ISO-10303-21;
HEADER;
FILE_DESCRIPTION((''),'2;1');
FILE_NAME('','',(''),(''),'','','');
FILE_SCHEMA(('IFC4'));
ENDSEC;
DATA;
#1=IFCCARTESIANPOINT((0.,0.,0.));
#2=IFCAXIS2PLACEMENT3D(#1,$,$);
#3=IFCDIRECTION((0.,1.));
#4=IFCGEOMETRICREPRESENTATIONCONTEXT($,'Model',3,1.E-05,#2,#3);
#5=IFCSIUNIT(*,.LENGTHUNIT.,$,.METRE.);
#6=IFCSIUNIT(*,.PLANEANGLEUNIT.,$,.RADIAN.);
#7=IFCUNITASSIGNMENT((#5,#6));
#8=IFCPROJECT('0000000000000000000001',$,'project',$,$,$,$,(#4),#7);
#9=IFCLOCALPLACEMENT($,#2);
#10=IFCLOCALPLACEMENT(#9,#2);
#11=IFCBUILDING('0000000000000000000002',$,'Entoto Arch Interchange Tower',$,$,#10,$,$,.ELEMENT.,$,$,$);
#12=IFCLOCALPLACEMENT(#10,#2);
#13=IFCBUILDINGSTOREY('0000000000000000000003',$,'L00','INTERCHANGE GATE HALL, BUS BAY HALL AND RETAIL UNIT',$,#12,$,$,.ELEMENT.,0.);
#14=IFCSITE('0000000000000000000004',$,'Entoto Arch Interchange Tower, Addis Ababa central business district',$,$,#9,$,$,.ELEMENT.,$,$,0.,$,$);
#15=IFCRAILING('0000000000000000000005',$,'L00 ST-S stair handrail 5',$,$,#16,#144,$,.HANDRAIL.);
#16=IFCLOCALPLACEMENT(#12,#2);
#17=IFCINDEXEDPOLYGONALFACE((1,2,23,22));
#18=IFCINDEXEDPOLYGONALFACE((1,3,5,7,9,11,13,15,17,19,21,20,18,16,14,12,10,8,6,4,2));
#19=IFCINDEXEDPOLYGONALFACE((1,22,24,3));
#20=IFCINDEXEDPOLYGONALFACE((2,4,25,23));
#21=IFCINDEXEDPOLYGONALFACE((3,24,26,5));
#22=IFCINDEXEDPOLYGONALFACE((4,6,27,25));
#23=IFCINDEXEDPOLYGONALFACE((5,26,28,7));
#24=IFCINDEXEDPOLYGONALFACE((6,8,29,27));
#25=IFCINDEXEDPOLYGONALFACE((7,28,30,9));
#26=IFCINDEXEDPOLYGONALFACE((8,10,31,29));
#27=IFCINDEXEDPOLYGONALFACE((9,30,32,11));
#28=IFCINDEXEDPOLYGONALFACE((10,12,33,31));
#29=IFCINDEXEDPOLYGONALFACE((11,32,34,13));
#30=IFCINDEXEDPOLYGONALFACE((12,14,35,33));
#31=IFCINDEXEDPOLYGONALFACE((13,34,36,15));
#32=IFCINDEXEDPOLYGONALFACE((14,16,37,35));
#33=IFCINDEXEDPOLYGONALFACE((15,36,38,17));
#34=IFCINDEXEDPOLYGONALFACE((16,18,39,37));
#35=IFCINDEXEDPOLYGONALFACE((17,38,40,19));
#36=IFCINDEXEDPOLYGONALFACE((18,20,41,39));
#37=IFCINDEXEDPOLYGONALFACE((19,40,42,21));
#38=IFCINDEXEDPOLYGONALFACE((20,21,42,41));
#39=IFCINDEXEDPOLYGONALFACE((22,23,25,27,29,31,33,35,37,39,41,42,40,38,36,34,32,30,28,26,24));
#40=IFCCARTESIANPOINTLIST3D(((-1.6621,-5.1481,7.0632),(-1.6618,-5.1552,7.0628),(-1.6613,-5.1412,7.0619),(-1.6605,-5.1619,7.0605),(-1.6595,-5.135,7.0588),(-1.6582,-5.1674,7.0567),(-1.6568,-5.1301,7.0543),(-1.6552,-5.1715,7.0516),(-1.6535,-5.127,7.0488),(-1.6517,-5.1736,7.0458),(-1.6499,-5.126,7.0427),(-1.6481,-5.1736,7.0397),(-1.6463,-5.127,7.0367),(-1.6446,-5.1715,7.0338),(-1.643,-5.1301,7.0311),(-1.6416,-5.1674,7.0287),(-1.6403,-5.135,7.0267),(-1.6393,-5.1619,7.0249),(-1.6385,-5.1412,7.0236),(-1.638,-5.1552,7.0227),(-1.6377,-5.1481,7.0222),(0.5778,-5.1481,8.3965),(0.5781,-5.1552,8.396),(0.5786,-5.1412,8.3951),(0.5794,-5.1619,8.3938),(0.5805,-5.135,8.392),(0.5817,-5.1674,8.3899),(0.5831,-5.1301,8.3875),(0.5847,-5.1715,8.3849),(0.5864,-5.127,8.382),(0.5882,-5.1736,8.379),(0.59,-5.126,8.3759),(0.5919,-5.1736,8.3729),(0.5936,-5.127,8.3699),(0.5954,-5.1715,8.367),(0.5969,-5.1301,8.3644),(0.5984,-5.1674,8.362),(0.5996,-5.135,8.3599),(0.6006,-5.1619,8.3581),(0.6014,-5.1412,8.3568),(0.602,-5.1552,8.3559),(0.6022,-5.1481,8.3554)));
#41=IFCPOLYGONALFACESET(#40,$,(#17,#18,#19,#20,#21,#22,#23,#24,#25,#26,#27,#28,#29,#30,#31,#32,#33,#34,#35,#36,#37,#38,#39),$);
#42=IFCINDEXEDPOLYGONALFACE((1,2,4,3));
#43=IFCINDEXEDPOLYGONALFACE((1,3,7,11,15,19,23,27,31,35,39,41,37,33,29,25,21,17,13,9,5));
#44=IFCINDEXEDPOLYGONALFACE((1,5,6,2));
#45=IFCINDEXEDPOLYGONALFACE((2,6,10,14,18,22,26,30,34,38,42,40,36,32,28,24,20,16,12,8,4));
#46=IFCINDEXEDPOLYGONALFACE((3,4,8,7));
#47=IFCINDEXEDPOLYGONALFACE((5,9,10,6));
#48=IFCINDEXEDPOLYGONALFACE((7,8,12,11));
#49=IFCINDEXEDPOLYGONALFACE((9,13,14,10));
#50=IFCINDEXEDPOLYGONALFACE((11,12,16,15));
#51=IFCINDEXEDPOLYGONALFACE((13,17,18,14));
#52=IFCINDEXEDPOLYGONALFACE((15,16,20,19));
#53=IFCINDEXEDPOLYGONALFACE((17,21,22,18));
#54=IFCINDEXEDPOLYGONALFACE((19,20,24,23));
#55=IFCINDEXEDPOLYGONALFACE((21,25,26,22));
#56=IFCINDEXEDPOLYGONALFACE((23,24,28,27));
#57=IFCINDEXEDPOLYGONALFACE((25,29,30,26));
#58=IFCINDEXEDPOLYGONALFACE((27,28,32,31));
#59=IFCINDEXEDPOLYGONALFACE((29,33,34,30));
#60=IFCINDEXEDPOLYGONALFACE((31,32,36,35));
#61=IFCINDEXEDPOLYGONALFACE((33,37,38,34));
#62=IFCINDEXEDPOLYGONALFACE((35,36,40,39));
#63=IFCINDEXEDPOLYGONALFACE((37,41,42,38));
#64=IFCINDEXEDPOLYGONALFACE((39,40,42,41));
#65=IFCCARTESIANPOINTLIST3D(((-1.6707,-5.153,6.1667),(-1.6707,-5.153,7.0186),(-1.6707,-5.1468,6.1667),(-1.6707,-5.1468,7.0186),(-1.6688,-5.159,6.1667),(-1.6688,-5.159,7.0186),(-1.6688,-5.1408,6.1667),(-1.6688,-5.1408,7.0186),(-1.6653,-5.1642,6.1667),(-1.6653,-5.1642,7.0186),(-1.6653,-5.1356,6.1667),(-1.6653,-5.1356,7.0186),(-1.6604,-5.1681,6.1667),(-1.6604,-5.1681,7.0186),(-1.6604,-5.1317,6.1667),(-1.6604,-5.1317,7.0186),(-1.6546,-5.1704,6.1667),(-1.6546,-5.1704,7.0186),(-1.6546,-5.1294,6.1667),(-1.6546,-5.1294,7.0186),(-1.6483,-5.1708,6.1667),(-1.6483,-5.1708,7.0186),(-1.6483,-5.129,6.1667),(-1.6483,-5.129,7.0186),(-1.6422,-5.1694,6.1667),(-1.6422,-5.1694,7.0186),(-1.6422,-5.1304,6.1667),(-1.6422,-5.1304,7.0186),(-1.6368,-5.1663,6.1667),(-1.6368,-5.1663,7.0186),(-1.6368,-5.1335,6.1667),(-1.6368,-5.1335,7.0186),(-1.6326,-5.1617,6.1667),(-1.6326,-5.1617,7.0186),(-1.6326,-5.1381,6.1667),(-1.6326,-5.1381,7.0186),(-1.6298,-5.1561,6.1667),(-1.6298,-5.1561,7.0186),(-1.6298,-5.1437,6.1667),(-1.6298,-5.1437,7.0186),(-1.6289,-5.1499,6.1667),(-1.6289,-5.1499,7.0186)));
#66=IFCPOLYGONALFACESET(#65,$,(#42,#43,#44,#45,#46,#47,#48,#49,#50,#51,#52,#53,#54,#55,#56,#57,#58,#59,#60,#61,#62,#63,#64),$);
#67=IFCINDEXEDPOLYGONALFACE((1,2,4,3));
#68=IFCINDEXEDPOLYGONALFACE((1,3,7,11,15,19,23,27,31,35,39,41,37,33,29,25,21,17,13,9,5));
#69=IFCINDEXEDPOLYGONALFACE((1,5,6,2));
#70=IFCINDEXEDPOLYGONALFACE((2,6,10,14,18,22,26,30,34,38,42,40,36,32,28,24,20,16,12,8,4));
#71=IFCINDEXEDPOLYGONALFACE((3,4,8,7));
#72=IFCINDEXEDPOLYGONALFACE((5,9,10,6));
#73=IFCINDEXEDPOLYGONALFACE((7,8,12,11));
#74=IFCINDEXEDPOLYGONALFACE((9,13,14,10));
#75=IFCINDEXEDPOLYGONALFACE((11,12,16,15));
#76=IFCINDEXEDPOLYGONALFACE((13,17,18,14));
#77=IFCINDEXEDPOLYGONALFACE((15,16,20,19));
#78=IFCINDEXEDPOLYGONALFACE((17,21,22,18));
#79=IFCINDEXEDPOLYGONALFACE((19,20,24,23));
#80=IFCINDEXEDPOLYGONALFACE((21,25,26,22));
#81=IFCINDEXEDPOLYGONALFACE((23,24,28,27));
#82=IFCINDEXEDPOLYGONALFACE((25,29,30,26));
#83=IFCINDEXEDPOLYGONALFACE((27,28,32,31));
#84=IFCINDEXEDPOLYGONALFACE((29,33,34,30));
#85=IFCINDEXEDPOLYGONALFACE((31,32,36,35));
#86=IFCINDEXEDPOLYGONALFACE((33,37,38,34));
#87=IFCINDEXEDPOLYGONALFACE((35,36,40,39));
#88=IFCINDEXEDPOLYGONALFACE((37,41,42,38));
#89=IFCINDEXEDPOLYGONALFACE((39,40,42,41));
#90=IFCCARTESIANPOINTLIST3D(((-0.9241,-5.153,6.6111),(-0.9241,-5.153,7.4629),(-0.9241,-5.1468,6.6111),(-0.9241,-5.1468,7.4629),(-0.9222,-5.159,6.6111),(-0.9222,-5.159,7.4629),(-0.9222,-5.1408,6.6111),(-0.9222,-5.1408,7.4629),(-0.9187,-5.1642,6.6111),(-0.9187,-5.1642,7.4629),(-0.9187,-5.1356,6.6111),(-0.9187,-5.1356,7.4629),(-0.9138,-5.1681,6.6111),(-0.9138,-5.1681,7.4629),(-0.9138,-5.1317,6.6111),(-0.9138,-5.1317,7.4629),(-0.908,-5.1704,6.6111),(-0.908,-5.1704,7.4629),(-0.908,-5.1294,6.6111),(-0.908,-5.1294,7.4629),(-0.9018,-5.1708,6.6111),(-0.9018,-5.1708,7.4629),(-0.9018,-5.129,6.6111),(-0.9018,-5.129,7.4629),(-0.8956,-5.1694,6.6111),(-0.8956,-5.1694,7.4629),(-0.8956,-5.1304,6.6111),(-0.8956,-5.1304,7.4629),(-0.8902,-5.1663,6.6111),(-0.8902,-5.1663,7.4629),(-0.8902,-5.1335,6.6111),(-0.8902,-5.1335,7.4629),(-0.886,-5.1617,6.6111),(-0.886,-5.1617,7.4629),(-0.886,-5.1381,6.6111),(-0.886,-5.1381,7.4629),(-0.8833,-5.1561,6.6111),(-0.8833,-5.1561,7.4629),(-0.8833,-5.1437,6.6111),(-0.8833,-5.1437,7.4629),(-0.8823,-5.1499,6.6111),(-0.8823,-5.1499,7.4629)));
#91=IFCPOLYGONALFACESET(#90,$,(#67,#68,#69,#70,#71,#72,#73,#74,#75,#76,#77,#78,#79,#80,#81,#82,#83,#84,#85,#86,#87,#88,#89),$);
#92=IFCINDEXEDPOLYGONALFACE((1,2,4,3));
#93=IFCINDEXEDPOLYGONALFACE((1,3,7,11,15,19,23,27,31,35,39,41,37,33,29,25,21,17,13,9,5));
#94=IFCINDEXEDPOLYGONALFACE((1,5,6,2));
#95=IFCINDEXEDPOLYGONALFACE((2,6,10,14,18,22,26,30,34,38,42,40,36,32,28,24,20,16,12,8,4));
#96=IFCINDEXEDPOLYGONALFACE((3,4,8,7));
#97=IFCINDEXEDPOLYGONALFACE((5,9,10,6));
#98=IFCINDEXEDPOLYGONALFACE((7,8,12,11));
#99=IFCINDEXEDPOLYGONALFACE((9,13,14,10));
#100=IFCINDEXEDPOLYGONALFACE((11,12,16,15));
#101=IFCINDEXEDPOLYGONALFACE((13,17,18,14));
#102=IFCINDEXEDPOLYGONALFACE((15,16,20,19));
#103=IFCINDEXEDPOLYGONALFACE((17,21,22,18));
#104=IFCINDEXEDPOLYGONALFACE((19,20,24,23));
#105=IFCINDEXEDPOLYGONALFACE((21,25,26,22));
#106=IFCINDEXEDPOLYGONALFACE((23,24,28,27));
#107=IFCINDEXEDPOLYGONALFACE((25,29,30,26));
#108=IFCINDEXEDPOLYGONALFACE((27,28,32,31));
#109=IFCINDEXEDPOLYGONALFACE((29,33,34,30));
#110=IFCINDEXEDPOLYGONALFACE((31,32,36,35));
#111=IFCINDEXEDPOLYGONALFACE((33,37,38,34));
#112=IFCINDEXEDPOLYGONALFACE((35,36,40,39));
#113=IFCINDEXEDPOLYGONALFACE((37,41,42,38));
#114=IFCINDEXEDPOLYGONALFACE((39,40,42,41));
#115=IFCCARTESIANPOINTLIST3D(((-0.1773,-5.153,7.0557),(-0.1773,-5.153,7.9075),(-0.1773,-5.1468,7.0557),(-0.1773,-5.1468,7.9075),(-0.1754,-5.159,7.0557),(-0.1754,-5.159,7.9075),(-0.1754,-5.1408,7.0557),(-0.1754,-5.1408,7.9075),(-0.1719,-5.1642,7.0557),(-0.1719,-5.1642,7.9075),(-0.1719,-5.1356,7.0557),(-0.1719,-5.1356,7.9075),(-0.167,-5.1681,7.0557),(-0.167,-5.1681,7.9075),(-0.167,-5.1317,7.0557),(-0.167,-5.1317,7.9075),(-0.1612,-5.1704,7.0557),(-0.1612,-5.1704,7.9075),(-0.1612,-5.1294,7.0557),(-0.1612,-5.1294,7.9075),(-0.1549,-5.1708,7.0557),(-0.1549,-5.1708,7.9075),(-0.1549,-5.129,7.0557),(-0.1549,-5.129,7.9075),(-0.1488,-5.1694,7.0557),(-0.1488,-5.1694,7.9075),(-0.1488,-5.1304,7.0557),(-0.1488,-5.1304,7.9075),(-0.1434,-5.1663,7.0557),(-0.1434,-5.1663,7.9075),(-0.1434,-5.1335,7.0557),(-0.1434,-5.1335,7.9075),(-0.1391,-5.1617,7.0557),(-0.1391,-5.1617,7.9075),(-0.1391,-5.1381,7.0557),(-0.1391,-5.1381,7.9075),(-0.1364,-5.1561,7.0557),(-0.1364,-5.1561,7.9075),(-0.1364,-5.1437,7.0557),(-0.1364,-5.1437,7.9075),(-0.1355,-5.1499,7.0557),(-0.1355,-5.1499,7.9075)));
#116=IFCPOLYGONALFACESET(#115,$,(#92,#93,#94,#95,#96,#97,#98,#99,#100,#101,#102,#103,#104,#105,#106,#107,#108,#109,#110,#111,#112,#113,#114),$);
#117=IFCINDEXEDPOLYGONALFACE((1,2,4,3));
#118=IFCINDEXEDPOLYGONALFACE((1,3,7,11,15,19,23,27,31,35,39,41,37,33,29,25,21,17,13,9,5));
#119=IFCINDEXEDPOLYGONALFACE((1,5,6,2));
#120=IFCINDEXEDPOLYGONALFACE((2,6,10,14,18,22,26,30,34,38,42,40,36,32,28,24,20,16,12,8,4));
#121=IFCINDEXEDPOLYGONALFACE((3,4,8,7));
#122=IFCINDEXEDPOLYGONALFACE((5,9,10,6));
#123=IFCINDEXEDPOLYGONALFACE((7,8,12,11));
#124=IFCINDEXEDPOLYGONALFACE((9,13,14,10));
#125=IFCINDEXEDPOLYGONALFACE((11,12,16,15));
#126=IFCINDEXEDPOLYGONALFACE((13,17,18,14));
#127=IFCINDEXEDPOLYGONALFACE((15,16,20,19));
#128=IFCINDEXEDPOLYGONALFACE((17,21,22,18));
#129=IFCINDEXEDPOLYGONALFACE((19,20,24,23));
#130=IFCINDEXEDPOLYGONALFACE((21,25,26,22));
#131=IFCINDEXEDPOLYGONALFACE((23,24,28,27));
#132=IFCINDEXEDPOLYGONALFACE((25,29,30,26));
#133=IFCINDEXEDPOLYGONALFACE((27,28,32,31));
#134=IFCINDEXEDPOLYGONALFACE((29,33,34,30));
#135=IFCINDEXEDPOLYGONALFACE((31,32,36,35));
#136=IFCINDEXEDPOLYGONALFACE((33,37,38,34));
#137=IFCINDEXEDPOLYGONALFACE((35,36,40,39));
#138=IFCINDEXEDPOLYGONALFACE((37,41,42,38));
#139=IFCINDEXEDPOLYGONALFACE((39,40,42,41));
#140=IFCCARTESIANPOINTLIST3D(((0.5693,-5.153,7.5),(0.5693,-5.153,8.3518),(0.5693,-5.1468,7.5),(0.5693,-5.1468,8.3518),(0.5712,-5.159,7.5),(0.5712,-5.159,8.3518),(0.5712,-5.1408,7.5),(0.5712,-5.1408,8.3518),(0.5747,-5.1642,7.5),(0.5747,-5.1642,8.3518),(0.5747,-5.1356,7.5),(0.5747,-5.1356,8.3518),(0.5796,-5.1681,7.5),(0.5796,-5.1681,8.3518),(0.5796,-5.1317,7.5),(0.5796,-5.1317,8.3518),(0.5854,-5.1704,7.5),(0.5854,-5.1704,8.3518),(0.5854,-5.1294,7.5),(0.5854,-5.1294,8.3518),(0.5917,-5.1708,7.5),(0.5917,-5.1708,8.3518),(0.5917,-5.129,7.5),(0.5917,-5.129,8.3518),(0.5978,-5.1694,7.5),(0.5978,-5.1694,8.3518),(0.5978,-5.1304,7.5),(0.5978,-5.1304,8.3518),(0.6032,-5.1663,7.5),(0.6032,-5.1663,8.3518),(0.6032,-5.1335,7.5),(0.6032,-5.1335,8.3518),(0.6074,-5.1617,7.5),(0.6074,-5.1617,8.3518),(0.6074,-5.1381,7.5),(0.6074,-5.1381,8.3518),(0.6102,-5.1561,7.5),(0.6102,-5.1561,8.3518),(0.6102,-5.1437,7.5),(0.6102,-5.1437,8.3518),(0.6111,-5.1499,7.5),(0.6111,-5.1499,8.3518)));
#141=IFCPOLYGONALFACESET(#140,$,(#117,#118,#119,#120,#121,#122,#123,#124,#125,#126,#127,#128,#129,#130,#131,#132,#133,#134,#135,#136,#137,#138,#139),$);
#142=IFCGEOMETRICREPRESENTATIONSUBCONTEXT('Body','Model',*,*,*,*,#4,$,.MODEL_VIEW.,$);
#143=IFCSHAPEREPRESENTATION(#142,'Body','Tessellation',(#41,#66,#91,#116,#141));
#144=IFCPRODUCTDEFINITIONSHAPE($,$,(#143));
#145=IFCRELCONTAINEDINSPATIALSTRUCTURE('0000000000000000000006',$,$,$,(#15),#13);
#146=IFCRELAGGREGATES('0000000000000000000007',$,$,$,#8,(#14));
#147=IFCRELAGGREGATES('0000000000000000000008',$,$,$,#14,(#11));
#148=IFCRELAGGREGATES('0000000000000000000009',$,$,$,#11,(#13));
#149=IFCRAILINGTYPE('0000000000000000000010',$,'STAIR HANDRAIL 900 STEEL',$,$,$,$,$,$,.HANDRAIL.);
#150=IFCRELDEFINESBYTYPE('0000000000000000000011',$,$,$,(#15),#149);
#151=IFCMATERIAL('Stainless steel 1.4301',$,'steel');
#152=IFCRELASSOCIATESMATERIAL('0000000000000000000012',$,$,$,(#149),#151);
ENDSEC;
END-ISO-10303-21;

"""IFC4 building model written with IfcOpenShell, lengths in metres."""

from ifc_helpers import new_model, si_unit, direction, frame, origin, origin_2d, place, context, subcontext, project, spatial, circle, extrude, material, type_object, element, save


model = new_model("IFC4")

# Units and contexts
model_context = context("Model", 3, precision=1e-05, world=origin(), true_north=direction((0.0, 1.0)))
body_context = subcontext(model_context, "Body", "Model", "MODEL_VIEW")
ifc_project = project(units=[si_unit("LENGTHUNIT", "METRE"), si_unit("PLANEANGLEUNIT", "RADIAN")], contexts=[model_context])

# Site, building, storey
site_placement = place(None, origin())
site = spatial("IfcSite", under=ifc_project, at=site_placement, Name="Entoto Arch Interchange Tower, Addis Ababa central business district", CompositionType="ELEMENT", RefElevation=0.0)
building_placement = place(site_placement, origin())
building = spatial("IfcBuilding", under=site, at=building_placement, Name="Entoto Arch Interchange Tower", CompositionType="ELEMENT")
storey_placement = place(building_placement, origin())
storey = spatial("IfcBuildingStorey", under=building, at=storey_placement, Name="L00", Description="INTERCHANGE GATE HALL, BUS BAY HALL AND RETAIL UNIT", CompositionType="ELEMENT", Elevation=0.0)

# Railing
ifc_material_1 = material(Name="Stainless steel 1.4301", Category="steel")
railing_type_1 = type_object("IfcRailingType", Name="STAIR HANDRAIL 900 STEEL", PredefinedType="HANDRAIL", material=ifc_material_1)
for number, where, name in (
    (1, (-1.6499, -5.1499, 6.1667), "L00 ST-S stair handrail 5"),
):
    element("IfcRailing", number, at=place(storey_placement, frame(where)), inside=storey, type_object=railing_type_1, Name=name, PredefinedType="HANDRAIL", context=body_context, shape_type="SweptSolid", body=[
        extrude(circle(Radius=0.0239, at=origin_2d()), frame((0.0, 0.0, 0.876), z_axis=(0.859306, 0.0, 0.511462), x_axis=(0.0, 1.0, 0.0)), (0.0, 0.0, 1.0), 2.6067),
        extrude(circle(Radius=0.021, at=origin_2d()), origin(), (0.0, 0.0, 1.0), 0.8518),
        extrude(circle(Radius=0.021, at=origin_2d()), frame((0.7466, 0.0, 0.4443)), (0.0, 0.0, 1.0), 0.8518),
        extrude(circle(Radius=0.021, at=origin_2d()), frame((1.4934, 0.0, 0.8889)), (0.0, 0.0, 1.0), 0.8518),
        extrude(circle(Radius=0.021, at=origin_2d()), frame((2.24, 0.0, 1.3333)), (0.0, 0.0, 1.0), 0.8518),
    ])

save(model, "model.ifc")
